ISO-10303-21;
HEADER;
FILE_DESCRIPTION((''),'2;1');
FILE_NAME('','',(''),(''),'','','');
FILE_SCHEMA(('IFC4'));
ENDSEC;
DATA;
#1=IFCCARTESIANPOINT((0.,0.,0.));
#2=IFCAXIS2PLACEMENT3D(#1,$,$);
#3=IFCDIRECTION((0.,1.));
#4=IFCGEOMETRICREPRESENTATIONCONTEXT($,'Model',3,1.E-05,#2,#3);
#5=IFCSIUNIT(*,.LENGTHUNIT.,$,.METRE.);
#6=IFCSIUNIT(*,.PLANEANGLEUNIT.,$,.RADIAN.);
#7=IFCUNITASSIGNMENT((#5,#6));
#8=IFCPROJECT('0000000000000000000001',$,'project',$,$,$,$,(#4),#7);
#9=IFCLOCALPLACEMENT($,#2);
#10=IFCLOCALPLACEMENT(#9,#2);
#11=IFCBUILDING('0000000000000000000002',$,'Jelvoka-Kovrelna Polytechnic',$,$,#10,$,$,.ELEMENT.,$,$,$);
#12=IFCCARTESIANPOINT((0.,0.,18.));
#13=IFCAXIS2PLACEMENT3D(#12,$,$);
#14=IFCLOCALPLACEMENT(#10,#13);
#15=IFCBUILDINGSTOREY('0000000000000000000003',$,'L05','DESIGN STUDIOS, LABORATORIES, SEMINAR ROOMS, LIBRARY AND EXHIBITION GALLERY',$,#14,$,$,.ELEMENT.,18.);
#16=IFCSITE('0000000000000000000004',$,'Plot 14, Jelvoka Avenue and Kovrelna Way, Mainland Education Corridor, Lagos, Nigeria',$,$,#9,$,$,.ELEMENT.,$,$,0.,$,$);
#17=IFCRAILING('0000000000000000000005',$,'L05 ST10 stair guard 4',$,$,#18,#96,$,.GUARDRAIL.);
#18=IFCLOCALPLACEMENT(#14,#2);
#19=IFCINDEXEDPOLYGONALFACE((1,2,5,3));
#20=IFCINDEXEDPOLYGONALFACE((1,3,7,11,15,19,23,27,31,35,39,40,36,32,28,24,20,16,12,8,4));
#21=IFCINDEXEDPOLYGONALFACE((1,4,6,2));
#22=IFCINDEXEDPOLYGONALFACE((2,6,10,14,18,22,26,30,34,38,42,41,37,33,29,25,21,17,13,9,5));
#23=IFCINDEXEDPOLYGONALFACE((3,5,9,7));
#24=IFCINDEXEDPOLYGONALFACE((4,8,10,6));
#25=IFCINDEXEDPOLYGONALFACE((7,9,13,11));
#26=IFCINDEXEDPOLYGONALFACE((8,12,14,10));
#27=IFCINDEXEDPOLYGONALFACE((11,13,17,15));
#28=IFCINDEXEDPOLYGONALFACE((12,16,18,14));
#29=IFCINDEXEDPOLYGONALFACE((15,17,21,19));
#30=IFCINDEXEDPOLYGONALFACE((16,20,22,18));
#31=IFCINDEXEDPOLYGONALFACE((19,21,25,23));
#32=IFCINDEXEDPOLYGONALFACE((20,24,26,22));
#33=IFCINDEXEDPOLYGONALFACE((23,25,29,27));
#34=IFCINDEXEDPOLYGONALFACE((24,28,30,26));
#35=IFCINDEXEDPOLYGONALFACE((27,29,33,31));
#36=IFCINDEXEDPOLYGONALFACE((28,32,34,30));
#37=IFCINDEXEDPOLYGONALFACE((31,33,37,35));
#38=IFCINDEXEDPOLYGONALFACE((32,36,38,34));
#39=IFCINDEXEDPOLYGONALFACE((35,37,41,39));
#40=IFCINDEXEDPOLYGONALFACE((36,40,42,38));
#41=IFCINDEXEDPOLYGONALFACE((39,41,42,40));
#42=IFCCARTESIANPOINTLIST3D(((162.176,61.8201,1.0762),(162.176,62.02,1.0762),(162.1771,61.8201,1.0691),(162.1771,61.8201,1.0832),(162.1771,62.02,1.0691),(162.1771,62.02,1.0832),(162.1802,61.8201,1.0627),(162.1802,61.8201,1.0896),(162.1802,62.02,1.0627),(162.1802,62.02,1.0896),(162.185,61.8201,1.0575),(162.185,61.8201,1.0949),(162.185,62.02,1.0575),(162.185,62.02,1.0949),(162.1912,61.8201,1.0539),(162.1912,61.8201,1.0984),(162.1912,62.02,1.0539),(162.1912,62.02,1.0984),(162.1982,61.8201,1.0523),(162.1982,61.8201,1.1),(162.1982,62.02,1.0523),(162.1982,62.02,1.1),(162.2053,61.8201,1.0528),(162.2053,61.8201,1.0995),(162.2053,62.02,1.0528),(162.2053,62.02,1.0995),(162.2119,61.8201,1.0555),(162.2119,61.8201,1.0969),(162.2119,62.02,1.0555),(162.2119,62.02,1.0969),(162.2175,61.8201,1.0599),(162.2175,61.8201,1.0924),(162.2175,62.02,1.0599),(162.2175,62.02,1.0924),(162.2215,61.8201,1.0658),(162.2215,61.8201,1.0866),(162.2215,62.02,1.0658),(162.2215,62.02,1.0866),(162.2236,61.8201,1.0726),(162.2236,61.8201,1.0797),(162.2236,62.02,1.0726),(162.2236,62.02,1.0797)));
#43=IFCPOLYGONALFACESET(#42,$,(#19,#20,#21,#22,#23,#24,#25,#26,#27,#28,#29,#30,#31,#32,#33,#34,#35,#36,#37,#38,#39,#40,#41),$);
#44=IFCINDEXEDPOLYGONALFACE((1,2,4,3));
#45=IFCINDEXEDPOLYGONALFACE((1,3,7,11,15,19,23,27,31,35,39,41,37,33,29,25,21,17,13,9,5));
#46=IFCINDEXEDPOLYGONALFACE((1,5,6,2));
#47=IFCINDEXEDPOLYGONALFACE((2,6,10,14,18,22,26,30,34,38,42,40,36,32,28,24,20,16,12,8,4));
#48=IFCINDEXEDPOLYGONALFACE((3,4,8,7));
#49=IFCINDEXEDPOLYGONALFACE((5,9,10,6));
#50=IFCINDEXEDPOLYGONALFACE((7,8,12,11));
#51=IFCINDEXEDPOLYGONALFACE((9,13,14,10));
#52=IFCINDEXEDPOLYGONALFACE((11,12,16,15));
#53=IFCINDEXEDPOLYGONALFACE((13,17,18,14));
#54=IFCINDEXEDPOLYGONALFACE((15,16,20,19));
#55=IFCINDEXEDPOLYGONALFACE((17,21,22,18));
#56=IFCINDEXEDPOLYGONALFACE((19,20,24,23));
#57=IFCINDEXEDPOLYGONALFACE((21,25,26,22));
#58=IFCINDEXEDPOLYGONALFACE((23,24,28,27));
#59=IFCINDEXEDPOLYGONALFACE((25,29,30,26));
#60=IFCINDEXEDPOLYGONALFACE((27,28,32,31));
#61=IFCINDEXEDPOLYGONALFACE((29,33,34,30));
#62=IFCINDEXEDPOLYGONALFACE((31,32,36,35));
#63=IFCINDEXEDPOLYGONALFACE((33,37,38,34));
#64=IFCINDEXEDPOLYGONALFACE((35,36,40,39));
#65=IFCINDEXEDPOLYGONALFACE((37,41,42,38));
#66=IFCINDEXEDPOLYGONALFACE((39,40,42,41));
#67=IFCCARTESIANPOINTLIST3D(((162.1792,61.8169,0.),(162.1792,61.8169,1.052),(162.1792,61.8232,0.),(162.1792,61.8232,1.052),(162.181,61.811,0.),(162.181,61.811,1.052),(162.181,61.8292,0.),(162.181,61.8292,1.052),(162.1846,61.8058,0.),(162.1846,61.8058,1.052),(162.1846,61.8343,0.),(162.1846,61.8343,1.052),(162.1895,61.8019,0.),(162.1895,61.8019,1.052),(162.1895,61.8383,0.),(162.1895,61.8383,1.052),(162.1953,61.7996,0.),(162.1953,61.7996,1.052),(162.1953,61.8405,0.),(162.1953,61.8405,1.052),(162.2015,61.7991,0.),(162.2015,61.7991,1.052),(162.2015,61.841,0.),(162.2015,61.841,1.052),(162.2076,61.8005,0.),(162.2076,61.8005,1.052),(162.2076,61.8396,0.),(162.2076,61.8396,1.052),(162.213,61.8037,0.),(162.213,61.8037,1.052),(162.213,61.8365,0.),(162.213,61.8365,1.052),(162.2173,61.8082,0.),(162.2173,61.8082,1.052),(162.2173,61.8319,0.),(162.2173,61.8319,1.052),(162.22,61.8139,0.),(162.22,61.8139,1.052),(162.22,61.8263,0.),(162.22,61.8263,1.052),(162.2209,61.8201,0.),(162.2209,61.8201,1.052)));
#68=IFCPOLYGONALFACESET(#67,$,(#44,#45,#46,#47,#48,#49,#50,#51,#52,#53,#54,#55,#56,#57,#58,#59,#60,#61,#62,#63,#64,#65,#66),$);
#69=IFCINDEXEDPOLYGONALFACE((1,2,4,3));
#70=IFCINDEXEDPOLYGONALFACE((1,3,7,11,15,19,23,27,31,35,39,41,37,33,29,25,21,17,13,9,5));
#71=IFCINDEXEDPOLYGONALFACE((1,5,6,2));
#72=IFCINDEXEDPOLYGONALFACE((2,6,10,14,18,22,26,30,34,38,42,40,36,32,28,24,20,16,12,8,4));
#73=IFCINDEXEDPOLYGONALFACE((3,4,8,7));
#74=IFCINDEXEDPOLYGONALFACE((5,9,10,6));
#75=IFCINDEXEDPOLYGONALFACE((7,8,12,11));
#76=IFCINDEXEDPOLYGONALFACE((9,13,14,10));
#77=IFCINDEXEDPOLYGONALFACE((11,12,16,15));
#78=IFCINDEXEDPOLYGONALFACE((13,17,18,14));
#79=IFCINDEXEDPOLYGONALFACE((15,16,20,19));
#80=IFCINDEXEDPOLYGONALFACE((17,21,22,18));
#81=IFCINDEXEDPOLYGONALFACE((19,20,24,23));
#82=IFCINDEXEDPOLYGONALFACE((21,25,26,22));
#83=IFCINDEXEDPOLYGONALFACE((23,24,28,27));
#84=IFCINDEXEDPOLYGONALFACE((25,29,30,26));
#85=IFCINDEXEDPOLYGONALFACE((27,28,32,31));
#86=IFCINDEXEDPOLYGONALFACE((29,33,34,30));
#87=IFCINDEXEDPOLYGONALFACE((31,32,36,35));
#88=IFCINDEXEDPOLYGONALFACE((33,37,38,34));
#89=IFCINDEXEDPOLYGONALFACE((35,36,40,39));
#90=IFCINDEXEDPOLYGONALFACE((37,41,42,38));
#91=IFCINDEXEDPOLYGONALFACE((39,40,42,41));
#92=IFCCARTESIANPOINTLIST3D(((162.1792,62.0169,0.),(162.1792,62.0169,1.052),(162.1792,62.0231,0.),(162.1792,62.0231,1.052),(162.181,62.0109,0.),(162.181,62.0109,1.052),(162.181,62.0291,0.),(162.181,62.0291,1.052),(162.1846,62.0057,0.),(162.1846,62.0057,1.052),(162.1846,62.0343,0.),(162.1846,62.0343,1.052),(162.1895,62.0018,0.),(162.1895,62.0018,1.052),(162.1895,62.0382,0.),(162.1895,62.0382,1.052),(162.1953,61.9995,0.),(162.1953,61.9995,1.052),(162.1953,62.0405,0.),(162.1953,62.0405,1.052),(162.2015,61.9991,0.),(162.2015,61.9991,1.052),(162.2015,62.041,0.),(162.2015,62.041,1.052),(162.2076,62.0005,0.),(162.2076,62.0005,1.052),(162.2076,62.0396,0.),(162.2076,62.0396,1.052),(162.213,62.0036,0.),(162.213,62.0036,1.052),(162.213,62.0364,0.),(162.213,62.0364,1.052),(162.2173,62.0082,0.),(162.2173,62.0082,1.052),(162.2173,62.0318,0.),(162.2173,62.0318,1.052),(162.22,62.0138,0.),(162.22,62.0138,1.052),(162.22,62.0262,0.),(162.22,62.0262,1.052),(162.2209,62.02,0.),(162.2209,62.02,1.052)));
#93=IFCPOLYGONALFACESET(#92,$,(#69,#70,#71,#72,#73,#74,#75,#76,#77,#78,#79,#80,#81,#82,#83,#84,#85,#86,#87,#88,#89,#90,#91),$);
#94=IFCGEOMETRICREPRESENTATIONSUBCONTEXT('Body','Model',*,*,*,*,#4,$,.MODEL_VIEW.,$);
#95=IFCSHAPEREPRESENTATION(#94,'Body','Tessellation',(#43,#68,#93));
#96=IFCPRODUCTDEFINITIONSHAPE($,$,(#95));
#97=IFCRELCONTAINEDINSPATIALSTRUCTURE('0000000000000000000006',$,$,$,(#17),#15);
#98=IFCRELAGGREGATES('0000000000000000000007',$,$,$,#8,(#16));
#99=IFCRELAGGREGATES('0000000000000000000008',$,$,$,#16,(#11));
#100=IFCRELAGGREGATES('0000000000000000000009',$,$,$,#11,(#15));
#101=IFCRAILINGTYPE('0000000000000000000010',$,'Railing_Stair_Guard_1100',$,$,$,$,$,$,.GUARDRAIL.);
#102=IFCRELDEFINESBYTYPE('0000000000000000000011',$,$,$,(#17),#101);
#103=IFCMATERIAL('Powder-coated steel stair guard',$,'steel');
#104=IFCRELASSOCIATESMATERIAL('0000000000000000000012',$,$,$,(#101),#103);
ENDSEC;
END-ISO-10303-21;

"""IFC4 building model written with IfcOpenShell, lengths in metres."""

from ifc_helpers import new_model, si_unit, direction, frame, origin, origin_2d, place, context, subcontext, project, spatial, circle, extrude, material, type_object, element, save


model = new_model("IFC4")

# Units and contexts
model_context = context("Model", 3, precision=1e-05, world=origin(), true_north=direction((0.0, 1.0)))
body_context = subcontext(model_context, "Body", "Model", "MODEL_VIEW")
ifc_project = project(units=[si_unit("LENGTHUNIT", "METRE"), si_unit("PLANEANGLEUNIT", "RADIAN")], contexts=[model_context])

# Site, building, storey
site_placement = place(None, origin())
site = spatial("IfcSite", under=ifc_project, at=site_placement, Name="Plot 14, Jelvoka Avenue and Kovrelna Way, Mainland Education Corridor, Lagos, Nigeria", CompositionType="ELEMENT", RefElevation=0.0)
building_placement = place(site_placement, origin())
building = spatial("IfcBuilding", under=site, at=building_placement, Name="Jelvoka-Kovrelna Polytechnic", CompositionType="ELEMENT")
storey_placement = place(building_placement, frame((0.0, 0.0, 18.0)))
storey = spatial("IfcBuildingStorey", under=building, at=storey_placement, Name="L05", Description="DESIGN STUDIOS, LABORATORIES, SEMINAR ROOMS, LIBRARY AND EXHIBITION GALLERY", CompositionType="ELEMENT", Elevation=18.0)

# Railing
ifc_material_1 = material(Name="Powder-coated steel stair guard", Category="steel")
railing_type = type_object("IfcRailingType", Name="Railing_Stair_Guard_1100", PredefinedType="GUARDRAIL", material=ifc_material_1)
railing_1_placement = place(storey_placement, frame((162.2, 61.8201, 0.0)))
element("IfcRailing", 1, at=railing_1_placement, inside=storey, type_object=railing_type, Name="L05 ST10 stair guard 4", PredefinedType="GUARDRAIL", context=body_context, shape_type="SweptSolid", body=[
    extrude(circle(Radius=0.0239, at=origin_2d()), frame((0.0, 0.0, 1.0762), z_axis=(0.0, 1.0, 0.0), x_axis=(-1.0, 0.0, 0.0)), (0.0, 0.0, 1.0), 0.2),
    extrude(circle(Radius=0.021, at=origin_2d()), origin(), (0.0, 0.0, 1.0), 1.052),
    extrude(circle(Radius=0.021, at=origin_2d()), frame((0.0, 0.2, 0.0)), (0.0, 0.0, 1.0), 1.052),
])

save(model, "model.ifc")
